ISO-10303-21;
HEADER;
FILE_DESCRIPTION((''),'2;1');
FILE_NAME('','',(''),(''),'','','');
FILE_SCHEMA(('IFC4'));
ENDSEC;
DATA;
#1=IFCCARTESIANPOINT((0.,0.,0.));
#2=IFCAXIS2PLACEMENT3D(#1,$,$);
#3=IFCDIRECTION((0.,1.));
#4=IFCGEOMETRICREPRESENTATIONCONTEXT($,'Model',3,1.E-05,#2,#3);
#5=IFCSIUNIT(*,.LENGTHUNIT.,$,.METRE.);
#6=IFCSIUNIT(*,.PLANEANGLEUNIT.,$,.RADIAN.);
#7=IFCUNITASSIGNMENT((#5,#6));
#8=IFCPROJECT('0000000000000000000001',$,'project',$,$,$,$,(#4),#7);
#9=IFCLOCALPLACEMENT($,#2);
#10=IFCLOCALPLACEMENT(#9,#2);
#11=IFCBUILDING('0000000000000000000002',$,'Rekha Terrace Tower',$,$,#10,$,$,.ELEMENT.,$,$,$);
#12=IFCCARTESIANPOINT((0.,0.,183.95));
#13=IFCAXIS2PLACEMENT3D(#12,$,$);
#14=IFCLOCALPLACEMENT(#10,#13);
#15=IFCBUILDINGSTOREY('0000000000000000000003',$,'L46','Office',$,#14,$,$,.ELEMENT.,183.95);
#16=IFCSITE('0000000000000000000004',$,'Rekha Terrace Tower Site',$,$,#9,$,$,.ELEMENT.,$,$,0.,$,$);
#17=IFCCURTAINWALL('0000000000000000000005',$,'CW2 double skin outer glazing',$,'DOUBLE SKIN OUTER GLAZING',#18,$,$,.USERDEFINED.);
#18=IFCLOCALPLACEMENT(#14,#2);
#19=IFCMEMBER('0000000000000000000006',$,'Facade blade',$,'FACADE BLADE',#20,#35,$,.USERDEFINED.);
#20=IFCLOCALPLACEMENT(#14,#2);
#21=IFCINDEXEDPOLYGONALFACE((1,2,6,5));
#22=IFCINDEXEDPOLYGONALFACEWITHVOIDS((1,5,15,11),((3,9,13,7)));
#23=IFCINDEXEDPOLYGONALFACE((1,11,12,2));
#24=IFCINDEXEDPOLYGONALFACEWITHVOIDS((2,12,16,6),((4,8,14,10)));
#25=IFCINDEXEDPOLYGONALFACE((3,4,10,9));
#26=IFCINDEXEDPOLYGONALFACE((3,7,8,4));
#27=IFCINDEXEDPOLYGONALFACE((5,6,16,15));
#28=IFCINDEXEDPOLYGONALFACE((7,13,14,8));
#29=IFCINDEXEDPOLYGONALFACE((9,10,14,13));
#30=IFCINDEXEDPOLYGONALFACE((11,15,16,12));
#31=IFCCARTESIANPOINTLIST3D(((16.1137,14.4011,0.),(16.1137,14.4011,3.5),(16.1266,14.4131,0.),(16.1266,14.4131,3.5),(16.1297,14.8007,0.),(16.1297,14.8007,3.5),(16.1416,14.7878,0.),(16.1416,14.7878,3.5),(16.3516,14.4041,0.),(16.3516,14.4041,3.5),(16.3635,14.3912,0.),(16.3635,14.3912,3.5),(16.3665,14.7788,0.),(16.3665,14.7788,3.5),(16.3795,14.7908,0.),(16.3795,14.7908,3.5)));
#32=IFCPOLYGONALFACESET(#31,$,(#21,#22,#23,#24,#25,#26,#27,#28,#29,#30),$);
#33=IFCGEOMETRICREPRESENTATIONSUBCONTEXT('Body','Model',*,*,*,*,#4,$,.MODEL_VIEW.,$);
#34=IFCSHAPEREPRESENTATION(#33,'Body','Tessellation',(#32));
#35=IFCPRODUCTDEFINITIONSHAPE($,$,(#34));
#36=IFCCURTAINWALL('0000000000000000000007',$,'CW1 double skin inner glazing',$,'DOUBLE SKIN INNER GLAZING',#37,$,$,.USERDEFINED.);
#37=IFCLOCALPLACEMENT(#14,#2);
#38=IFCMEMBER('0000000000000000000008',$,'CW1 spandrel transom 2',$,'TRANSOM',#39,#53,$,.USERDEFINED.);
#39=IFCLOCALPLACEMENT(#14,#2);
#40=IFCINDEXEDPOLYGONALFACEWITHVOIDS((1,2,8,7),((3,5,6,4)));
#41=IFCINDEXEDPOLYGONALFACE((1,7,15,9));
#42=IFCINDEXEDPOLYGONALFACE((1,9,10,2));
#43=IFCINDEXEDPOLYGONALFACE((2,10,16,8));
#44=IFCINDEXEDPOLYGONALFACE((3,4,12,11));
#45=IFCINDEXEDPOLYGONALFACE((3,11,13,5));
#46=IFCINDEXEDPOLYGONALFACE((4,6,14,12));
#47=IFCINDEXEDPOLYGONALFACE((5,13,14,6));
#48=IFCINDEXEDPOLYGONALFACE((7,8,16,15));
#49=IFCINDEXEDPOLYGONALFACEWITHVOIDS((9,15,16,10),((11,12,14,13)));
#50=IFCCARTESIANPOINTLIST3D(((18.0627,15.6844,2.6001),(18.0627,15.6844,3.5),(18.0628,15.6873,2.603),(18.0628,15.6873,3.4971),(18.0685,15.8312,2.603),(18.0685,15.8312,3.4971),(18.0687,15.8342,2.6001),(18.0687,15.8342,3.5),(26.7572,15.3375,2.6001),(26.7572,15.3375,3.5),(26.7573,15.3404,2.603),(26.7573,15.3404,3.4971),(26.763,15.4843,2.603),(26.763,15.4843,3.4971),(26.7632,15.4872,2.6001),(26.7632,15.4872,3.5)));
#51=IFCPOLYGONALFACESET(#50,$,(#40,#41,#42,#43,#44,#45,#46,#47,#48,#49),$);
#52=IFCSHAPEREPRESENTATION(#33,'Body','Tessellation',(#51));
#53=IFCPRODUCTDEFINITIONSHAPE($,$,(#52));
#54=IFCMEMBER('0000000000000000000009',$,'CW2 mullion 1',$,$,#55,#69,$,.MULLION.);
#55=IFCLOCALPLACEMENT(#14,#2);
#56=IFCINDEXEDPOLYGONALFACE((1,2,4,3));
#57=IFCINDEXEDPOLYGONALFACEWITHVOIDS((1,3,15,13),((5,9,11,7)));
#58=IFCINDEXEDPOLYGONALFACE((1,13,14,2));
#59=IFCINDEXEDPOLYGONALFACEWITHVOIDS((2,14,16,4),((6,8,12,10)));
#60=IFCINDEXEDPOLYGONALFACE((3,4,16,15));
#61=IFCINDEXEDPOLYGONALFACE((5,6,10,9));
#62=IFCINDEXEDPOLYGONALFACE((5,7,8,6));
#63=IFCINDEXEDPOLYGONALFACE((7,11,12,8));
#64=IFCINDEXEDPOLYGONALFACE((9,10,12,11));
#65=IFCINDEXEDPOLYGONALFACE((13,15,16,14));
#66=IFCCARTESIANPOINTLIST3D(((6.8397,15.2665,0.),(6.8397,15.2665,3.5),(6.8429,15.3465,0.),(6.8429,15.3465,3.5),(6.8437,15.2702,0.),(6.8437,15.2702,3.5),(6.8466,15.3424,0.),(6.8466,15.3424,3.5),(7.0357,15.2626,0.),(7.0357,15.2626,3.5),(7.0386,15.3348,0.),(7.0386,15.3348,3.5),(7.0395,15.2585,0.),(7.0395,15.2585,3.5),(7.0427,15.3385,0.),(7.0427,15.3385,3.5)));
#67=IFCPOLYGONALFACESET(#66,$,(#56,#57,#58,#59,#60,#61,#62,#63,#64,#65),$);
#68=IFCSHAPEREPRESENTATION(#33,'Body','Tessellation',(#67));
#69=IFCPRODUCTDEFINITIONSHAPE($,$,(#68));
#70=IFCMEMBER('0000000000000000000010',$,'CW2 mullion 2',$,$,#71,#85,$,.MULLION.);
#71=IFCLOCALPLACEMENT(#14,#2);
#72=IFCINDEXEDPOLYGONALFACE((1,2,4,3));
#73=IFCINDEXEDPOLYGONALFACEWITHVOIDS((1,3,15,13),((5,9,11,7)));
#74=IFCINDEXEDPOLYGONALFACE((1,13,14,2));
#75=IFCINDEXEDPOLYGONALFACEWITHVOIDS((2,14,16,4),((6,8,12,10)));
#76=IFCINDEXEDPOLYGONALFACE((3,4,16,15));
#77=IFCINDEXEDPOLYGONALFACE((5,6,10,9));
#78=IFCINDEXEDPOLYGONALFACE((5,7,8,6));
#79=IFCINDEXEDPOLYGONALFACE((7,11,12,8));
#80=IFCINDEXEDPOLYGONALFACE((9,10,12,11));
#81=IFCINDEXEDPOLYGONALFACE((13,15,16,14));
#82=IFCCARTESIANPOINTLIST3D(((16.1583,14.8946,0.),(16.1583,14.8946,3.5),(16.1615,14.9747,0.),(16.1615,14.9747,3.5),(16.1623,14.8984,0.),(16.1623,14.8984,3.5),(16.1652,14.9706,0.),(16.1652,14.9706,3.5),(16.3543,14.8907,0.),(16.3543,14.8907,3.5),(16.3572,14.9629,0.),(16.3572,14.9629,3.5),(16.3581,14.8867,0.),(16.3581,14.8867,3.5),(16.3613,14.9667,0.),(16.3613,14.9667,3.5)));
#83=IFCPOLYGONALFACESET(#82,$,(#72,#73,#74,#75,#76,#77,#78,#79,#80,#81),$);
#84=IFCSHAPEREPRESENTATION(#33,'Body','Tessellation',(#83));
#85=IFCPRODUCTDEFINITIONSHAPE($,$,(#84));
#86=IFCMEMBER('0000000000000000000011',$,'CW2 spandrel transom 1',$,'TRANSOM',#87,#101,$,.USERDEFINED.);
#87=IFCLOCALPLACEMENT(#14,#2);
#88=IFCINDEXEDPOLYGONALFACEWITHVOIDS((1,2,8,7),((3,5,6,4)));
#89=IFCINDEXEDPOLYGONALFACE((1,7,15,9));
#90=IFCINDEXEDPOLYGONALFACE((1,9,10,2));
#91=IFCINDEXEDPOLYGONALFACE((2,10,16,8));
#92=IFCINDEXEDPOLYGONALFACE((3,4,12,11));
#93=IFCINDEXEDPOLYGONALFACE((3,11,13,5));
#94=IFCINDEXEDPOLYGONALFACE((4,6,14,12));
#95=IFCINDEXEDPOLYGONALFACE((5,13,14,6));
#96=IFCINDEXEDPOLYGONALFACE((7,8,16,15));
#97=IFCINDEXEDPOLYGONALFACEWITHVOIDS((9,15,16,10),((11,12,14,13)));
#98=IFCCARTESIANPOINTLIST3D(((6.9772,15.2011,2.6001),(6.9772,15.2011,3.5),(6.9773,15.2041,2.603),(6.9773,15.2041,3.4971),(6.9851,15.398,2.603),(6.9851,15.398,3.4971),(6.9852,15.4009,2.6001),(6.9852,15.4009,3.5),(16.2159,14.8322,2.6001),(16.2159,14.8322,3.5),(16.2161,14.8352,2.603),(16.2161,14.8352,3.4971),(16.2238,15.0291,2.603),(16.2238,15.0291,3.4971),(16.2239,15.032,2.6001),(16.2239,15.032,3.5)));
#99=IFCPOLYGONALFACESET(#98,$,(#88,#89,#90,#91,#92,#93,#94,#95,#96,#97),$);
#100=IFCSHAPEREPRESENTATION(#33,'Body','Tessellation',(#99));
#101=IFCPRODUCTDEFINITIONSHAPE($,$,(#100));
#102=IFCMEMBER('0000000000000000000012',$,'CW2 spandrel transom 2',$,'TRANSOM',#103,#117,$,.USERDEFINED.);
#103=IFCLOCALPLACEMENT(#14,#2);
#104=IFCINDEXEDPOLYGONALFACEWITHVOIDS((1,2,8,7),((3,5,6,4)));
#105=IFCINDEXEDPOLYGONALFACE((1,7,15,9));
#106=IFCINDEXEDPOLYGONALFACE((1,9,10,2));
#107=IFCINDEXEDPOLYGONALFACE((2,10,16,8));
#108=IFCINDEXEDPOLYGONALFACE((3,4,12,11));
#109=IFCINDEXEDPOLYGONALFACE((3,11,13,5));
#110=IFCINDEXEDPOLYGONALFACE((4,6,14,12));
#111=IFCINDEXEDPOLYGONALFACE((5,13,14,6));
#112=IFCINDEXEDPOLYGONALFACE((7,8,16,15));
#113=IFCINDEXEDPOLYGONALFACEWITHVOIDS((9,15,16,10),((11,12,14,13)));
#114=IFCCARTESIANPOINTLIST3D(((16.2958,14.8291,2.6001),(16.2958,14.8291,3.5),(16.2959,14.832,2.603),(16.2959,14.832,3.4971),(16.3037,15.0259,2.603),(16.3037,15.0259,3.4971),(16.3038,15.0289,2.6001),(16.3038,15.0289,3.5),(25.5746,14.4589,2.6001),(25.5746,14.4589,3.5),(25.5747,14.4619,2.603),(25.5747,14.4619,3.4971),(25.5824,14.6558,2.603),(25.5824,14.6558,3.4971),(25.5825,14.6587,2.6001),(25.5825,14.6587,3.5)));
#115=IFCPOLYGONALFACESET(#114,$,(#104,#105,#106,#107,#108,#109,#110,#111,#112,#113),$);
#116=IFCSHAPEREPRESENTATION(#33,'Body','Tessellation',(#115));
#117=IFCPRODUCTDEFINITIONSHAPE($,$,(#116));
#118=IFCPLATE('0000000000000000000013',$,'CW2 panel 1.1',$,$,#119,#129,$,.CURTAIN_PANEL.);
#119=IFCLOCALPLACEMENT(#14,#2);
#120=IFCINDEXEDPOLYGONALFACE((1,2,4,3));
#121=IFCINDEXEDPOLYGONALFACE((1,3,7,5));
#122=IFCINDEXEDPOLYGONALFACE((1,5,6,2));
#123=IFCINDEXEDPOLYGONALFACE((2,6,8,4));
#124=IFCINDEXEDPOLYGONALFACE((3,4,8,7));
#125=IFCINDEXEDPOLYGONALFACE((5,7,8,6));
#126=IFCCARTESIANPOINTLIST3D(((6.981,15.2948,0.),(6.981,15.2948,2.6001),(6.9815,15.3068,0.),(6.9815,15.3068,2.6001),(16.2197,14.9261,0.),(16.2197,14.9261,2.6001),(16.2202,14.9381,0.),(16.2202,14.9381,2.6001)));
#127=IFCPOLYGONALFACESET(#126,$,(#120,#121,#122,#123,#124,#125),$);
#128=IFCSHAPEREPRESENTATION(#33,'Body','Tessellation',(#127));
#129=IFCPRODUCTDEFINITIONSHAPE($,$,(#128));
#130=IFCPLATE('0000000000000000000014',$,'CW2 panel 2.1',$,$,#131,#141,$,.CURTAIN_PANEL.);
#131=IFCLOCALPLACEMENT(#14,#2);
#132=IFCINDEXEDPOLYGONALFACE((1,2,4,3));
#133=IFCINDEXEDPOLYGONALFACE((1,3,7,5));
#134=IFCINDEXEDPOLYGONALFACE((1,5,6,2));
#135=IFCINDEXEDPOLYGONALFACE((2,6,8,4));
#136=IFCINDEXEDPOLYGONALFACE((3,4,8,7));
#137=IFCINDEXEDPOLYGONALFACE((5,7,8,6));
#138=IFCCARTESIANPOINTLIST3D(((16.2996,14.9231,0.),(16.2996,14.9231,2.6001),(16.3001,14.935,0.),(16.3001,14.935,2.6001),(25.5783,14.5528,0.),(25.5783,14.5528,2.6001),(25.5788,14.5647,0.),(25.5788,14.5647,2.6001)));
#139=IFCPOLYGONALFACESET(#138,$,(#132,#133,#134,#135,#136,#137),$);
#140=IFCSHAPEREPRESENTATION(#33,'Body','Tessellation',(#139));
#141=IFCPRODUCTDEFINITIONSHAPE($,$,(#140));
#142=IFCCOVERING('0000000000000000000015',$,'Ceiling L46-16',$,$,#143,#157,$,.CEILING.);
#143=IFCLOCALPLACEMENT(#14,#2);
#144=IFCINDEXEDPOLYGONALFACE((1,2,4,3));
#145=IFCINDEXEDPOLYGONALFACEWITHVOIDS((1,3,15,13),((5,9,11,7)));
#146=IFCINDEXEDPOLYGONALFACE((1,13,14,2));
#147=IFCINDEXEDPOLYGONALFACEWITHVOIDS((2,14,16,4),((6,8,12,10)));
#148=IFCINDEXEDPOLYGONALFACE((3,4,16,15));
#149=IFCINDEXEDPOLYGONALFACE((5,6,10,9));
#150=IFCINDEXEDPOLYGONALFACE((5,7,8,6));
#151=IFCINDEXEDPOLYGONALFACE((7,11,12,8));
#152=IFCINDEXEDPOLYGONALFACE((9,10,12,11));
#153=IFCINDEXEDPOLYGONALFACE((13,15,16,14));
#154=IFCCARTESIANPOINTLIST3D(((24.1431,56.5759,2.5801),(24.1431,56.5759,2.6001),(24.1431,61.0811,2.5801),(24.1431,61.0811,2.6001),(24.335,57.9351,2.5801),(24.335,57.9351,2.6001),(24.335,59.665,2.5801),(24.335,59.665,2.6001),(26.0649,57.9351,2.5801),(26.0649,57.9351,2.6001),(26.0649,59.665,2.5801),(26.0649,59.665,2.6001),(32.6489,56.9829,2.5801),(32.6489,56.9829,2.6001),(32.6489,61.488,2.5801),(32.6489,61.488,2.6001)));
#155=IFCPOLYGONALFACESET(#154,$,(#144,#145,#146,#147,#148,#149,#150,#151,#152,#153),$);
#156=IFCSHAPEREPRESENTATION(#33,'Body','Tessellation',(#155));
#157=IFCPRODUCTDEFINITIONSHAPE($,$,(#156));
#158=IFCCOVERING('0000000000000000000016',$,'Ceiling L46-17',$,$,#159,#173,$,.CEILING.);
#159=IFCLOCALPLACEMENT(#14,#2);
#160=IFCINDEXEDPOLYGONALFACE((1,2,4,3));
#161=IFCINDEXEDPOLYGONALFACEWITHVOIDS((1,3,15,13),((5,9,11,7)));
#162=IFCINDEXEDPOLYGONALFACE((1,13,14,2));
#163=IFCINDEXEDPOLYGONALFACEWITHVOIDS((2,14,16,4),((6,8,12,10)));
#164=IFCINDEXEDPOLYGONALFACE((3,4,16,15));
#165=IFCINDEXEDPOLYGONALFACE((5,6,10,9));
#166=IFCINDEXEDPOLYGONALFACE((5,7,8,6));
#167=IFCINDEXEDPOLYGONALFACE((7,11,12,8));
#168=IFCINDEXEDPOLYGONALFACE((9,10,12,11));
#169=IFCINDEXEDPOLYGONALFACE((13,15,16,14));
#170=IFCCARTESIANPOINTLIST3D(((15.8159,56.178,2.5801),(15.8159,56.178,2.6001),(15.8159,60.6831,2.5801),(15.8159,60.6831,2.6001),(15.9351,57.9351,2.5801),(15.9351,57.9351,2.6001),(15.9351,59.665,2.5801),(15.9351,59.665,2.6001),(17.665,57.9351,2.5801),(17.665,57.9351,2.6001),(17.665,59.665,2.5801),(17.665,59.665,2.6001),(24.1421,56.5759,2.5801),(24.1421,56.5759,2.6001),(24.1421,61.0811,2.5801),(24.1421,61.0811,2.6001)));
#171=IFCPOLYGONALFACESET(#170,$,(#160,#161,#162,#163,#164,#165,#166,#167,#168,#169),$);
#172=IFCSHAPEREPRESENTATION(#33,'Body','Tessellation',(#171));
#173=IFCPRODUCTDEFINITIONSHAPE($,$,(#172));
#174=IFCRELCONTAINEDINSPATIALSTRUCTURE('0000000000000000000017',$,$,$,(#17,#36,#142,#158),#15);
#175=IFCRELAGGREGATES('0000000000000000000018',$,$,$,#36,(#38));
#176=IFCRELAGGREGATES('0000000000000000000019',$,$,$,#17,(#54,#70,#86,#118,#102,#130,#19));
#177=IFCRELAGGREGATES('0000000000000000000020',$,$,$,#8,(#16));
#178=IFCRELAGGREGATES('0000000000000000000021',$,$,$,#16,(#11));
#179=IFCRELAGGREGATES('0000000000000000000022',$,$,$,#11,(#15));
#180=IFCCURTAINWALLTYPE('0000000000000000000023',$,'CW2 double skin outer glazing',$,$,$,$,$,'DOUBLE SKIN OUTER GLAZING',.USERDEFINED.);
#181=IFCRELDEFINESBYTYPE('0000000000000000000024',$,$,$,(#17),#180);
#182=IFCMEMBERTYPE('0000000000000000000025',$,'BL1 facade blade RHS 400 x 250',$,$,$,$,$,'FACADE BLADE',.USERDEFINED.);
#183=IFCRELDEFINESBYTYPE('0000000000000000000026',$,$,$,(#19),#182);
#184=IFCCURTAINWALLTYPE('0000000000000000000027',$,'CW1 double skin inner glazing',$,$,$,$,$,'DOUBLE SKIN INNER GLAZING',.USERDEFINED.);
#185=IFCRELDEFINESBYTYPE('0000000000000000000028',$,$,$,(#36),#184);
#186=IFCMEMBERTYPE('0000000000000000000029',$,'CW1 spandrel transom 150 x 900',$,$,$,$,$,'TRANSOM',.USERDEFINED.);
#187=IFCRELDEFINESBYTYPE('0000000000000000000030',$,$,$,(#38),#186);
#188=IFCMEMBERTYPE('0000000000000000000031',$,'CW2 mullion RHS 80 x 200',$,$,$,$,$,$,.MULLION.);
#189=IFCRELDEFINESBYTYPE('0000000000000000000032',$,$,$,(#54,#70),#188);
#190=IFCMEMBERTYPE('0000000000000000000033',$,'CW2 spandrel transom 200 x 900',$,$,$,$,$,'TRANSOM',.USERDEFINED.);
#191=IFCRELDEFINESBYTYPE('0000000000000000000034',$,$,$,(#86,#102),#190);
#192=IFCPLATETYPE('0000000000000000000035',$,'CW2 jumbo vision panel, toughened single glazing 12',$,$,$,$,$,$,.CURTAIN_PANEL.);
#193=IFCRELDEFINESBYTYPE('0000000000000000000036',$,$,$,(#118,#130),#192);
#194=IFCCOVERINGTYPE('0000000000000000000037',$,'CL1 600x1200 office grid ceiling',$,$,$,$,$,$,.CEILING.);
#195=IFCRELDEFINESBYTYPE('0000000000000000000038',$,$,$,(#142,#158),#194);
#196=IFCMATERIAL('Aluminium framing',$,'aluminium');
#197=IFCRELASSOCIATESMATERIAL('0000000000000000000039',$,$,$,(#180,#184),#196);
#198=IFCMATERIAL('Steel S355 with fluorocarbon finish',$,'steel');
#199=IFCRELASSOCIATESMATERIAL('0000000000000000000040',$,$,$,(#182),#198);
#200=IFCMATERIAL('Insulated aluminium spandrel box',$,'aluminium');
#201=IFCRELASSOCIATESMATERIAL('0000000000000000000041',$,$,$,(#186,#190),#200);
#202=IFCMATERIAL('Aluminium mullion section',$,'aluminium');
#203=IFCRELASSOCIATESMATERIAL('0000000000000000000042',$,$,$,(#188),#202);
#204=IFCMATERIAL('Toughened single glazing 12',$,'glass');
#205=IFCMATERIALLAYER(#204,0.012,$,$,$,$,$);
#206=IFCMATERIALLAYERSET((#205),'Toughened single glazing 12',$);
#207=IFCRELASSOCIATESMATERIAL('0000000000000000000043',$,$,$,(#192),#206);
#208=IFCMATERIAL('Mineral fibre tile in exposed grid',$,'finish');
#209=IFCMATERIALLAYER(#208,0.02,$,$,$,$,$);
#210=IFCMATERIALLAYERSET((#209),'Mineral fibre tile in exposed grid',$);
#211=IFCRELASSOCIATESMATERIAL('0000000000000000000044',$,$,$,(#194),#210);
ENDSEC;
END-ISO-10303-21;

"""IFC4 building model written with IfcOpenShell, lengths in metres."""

from ifc_helpers import new_model, si_unit, direction, frame, origin, origin_2d, place, context, subcontext, project, spatial, polyline, rectangle, hollow_rectangle, outline, extrude, material, layer, layer_set, material_profile, profile_set, type_object, element, aggregate, save


model = new_model("IFC4")

# Units and contexts
model_context = context("Model", 3, precision=1e-05, world=origin(), true_north=direction((0.0, 1.0)))
body_context = subcontext(model_context, "Body", "Model", "MODEL_VIEW")
ifc_project = project(units=[si_unit("LENGTHUNIT", "METRE"), si_unit("PLANEANGLEUNIT", "RADIAN")], contexts=[model_context])

# Site, building, storey
site_placement = place(None, origin())
site = spatial("IfcSite", under=ifc_project, at=site_placement, Name="Rekha Terrace Tower Site", CompositionType="ELEMENT", RefElevation=0.0)
building_placement = place(site_placement, origin())
building = spatial("IfcBuilding", under=site, at=building_placement, Name="Rekha Terrace Tower", CompositionType="ELEMENT")
storey_placement = place(building_placement, frame((0.0, 0.0, 183.95)))
storey = spatial("IfcBuildingStorey", under=building, at=storey_placement, Name="L46", Description="Office", CompositionType="ELEMENT", Elevation=183.95)

# Curtain walls, members
ifc_material_1 = material(Name="Aluminium framing", Category="aluminium")
curtain_wall_type_1 = type_object("IfcCurtainWallType", Name="CW2 double skin outer glazing", ElementType="DOUBLE SKIN OUTER GLAZING", PredefinedType="USERDEFINED", material=ifc_material_1)
curtain_wall_1_placement = place(storey_placement, origin())
curtain_wall_1 = element("IfcCurtainWall", 1, at=curtain_wall_1_placement, inside=storey, type_object=curtain_wall_type_1, Name="CW2 double skin outer glazing", ObjectType="DOUBLE SKIN OUTER GLAZING", PredefinedType="USERDEFINED")
ifc_material_2 = material(Name="Steel S355 with fluorocarbon finish", Category="steel")
ifc_material_profile_1 = material_profile(ifc_material_2, hollow_rectangle(XDim=0.25, YDim=0.3999, WallThickness=0.0125, at=origin_2d()), Name="RHS400x250x12.5")
ifc_profile_set_1 = profile_set([ifc_material_profile_1], Name="Steel S355 with fluorocarbon finish")
member_type_1 = type_object("IfcMemberType", Name="BL1 facade blade RHS 400 x 250", ElementType="FACADE BLADE", PredefinedType="USERDEFINED", material=ifc_profile_set_1)
member_1_placement = place(storey_placement, frame((16.2466, 14.5959, 0.0), z_axis=(0.0, 0.0, 1.0), x_axis=(0.999205, -0.039872, 0.0)))
member_1 = element("IfcMember", 2, at=member_1_placement, type_object=member_type_1, Name="Facade blade", ObjectType="FACADE BLADE", PredefinedType="USERDEFINED", context=body_context, shape_type="SweptSolid", body=[
    extrude(hollow_rectangle(XDim=0.25, YDim=0.3999, WallThickness=0.0125, at=origin_2d()), origin(), (0.0, 0.0, 1.0), 3.5),
])
curtain_wall_type_2 = type_object("IfcCurtainWallType", Name="CW1 double skin inner glazing", ElementType="DOUBLE SKIN INNER GLAZING", PredefinedType="USERDEFINED", material=ifc_material_1)
curtain_wall_2_placement = place(storey_placement, origin())
curtain_wall_2 = element("IfcCurtainWall", 3, at=curtain_wall_2_placement, inside=storey, type_object=curtain_wall_type_2, Name="CW1 double skin inner glazing", ObjectType="DOUBLE SKIN INNER GLAZING", PredefinedType="USERDEFINED")
ifc_material_3 = material(Name="Insulated aluminium spandrel box", Category="aluminium")
ifc_material_profile_2 = material_profile(ifc_material_3, hollow_rectangle(XDim=0.1499, YDim=0.8999, WallThickness=0.0029, at=origin_2d()), Name="AL SPANDREL BOX 150x900")
ifc_profile_set_2 = profile_set([ifc_material_profile_2], Name="Insulated aluminium spandrel box")
member_type_2 = type_object("IfcMemberType", Name="CW1 spandrel transom 150 x 900", ElementType="TRANSOM", PredefinedType="USERDEFINED", material=ifc_profile_set_2)
member_2_placement = place(storey_placement, frame((18.0657, 15.7593, 3.05), z_axis=(0.999205, -0.039869, 0.0), x_axis=(0.039869, 0.999205, 0.0)))
member_2 = element("IfcMember", 4, at=member_2_placement, type_object=member_type_2, Name="CW1 spandrel transom 2", ObjectType="TRANSOM", PredefinedType="USERDEFINED", context=body_context, shape_type="SweptSolid", body=[
    extrude(hollow_rectangle(XDim=0.1499, YDim=0.8999, WallThickness=0.0029, at=origin_2d()), origin(), (0.0, 0.0, 1.0), 8.7014),
])
aggregate(curtain_wall_2, [member_2])

# Members
ifc_material_4 = material(Name="Aluminium mullion section", Category="aluminium")
ifc_material_profile_3 = material_profile(ifc_material_4, hollow_rectangle(XDim=0.0801, YDim=0.2, WallThickness=0.0039, at=origin_2d()), Name="AL RHS 80x200")
ifc_profile_set_3 = profile_set([ifc_material_profile_3], Name="Aluminium mullion section")
member_type_3 = type_object("IfcMemberType", Name="CW2 mullion RHS 80 x 200", PredefinedType="MULLION", material=ifc_profile_set_3)
member_3_placement = place(storey_placement, frame((6.9412, 15.3025, 0.0), z_axis=(0.0, 0.0, 1.0), x_axis=(0.039872, 0.999205, 0.0)))
member_3 = element("IfcMember", 5, at=member_3_placement, type_object=member_type_3, Name="CW2 mullion 1", PredefinedType="MULLION", context=body_context, shape_type="SweptSolid", body=[
    extrude(hollow_rectangle(XDim=0.0801, YDim=0.2, WallThickness=0.0039, at=origin_2d()), origin(), (0.0, 0.0, 1.0), 3.5),
])
member_4_placement = place(storey_placement, frame((16.2598, 14.9307, 0.0), z_axis=(0.0, 0.0, 1.0), x_axis=(0.039872, 0.999205, 0.0)))
member_4 = element("IfcMember", 6, at=member_4_placement, type_object=member_type_3, Name="CW2 mullion 2", PredefinedType="MULLION", context=body_context, shape_type="SweptSolid", body=[
    extrude(hollow_rectangle(XDim=0.0801, YDim=0.2, WallThickness=0.0039, at=origin_2d()), origin(), (0.0, 0.0, 1.0), 3.5),
])
ifc_material_profile_4 = material_profile(ifc_material_3, hollow_rectangle(XDim=0.2, YDim=0.8999, WallThickness=0.0029, at=origin_2d()), Name="AL SPANDREL BOX 200x900")
ifc_profile_set_4 = profile_set([ifc_material_profile_4], Name="Insulated aluminium spandrel box")
member_type_4 = type_object("IfcMemberType", Name="CW2 spandrel transom 200 x 900", ElementType="TRANSOM", PredefinedType="USERDEFINED", material=ifc_profile_set_4)
member_5_placement = place(storey_placement, frame((6.9812, 15.301, 3.05), z_axis=(0.999204, -0.039897, 0.0), x_axis=(0.039897, 0.999204, 0.0)))
member_5 = element("IfcMember", 7, at=member_5_placement, type_object=member_type_4, Name="CW2 spandrel transom 1", ObjectType="TRANSOM", PredefinedType="USERDEFINED", context=body_context, shape_type="SweptSolid", body=[
    extrude(hollow_rectangle(XDim=0.2, YDim=0.8999, WallThickness=0.0029, at=origin_2d()), origin(), (0.0, 0.0, 1.0), 9.2461),
])
member_6_placement = place(storey_placement, frame((16.2998, 14.929, 3.05), z_axis=(0.999205, -0.039857, 0.0), x_axis=(0.039857, 0.999205, 0.0)))
member_6 = element("IfcMember", 8, at=member_6_placement, type_object=member_type_4, Name="CW2 spandrel transom 2", ObjectType="TRANSOM", PredefinedType="USERDEFINED", context=body_context, shape_type="SweptSolid", body=[
    extrude(hollow_rectangle(XDim=0.2, YDim=0.8999, WallThickness=0.0029, at=origin_2d()), origin(), (0.0, 0.0, 1.0), 9.2861),
])

# Plates
ifc_material_5 = material(Name="Toughened single glazing 12", Category="glass")
ifc_layer_1 = layer(ifc_material_5, 0.012)
ifc_layer_set_1 = layer_set([ifc_layer_1], Name="Toughened single glazing 12")
plate_type = type_object("IfcPlateType", Name="CW2 jumbo vision panel, toughened single glazing 12", PredefinedType="CURTAIN_PANEL", material=ifc_layer_set_1)
plate_1_placement = place(storey_placement, frame((11.6006, 15.1165, 0.0), z_axis=(0.0, 0.0, 1.0), x_axis=(0.999205, -0.039872, 0.0)))
plate_1 = element("IfcPlate", 9, at=plate_1_placement, type_object=plate_type, Name="CW2 panel 1.1", PredefinedType="CURTAIN_PANEL", context=body_context, shape_type="SweptSolid", body=[
    extrude(rectangle(XDim=9.2461, YDim=0.012, at=origin_2d()), origin(), (0.0, 0.0, 1.0), 2.6001),
])
plate_2_placement = place(storey_placement, frame((20.9392, 14.7439, 0.0), z_axis=(0.0, 0.0, 1.0), x_axis=(0.999205, -0.039872, 0.0)))
plate_2 = element("IfcPlate", 10, at=plate_2_placement, type_object=plate_type, Name="CW2 panel 2.1", PredefinedType="CURTAIN_PANEL", context=body_context, shape_type="SweptSolid", body=[
    extrude(rectangle(XDim=9.2861, YDim=0.012, at=origin_2d()), origin(), (0.0, 0.0, 1.0), 2.6001),
])
aggregate(curtain_wall_1, [member_3, member_4, member_5, plate_1, member_6, plate_2, member_1])

# Coverings
ifc_material_6 = material(Name="Mineral fibre tile in exposed grid", Category="finish")
ifc_layer_2 = layer(ifc_material_6, 0.02)
ifc_layer_set_2 = layer_set([ifc_layer_2], Name="Mineral fibre tile in exposed grid")
covering_type_1 = type_object("IfcCoveringType", Name="CL1 600x1200 office grid ceiling", PredefinedType="CEILING", material=ifc_layer_set_2)
covering_1_placement = place(storey_placement, frame((0.0, 0.0, 2.5801)))
element("IfcCovering", 11, at=covering_1_placement, inside=storey, type_object=covering_type_1, Name="Ceiling L46-16", PredefinedType="CEILING", context=body_context, shape_type="SweptSolid", body=[
    extrude(outline(polyline([(32.6489, 56.9829), (32.6489, 61.488), (24.1431, 61.0811), (24.1431, 56.5759), (32.6489, 56.9829)]), holes=[polyline([(26.0649, 57.9351), (24.335, 57.9351), (24.335, 59.665), (26.0649, 59.665), (26.0649, 57.9351)])]), origin(), (0.0, 0.0, 1.0), 0.02),
])
covering_2_placement = place(storey_placement, frame((0.0, 0.0, 2.5801)))
element("IfcCovering", 12, at=covering_2_placement, inside=storey, type_object=covering_type_1, Name="Ceiling L46-17", PredefinedType="CEILING", context=body_context, shape_type="SweptSolid", body=[
    extrude(outline(polyline([(24.1421, 56.5759), (24.1421, 61.0811), (15.8159, 60.6831), (15.8159, 56.178), (24.1421, 56.5759)]), holes=[polyline([(17.665, 59.665), (17.665, 57.9351), (15.9351, 57.9351), (15.9351, 59.665), (17.665, 59.665)])]), origin(), (0.0, 0.0, 1.0), 0.02),
])

save(model, "model.ifc")
